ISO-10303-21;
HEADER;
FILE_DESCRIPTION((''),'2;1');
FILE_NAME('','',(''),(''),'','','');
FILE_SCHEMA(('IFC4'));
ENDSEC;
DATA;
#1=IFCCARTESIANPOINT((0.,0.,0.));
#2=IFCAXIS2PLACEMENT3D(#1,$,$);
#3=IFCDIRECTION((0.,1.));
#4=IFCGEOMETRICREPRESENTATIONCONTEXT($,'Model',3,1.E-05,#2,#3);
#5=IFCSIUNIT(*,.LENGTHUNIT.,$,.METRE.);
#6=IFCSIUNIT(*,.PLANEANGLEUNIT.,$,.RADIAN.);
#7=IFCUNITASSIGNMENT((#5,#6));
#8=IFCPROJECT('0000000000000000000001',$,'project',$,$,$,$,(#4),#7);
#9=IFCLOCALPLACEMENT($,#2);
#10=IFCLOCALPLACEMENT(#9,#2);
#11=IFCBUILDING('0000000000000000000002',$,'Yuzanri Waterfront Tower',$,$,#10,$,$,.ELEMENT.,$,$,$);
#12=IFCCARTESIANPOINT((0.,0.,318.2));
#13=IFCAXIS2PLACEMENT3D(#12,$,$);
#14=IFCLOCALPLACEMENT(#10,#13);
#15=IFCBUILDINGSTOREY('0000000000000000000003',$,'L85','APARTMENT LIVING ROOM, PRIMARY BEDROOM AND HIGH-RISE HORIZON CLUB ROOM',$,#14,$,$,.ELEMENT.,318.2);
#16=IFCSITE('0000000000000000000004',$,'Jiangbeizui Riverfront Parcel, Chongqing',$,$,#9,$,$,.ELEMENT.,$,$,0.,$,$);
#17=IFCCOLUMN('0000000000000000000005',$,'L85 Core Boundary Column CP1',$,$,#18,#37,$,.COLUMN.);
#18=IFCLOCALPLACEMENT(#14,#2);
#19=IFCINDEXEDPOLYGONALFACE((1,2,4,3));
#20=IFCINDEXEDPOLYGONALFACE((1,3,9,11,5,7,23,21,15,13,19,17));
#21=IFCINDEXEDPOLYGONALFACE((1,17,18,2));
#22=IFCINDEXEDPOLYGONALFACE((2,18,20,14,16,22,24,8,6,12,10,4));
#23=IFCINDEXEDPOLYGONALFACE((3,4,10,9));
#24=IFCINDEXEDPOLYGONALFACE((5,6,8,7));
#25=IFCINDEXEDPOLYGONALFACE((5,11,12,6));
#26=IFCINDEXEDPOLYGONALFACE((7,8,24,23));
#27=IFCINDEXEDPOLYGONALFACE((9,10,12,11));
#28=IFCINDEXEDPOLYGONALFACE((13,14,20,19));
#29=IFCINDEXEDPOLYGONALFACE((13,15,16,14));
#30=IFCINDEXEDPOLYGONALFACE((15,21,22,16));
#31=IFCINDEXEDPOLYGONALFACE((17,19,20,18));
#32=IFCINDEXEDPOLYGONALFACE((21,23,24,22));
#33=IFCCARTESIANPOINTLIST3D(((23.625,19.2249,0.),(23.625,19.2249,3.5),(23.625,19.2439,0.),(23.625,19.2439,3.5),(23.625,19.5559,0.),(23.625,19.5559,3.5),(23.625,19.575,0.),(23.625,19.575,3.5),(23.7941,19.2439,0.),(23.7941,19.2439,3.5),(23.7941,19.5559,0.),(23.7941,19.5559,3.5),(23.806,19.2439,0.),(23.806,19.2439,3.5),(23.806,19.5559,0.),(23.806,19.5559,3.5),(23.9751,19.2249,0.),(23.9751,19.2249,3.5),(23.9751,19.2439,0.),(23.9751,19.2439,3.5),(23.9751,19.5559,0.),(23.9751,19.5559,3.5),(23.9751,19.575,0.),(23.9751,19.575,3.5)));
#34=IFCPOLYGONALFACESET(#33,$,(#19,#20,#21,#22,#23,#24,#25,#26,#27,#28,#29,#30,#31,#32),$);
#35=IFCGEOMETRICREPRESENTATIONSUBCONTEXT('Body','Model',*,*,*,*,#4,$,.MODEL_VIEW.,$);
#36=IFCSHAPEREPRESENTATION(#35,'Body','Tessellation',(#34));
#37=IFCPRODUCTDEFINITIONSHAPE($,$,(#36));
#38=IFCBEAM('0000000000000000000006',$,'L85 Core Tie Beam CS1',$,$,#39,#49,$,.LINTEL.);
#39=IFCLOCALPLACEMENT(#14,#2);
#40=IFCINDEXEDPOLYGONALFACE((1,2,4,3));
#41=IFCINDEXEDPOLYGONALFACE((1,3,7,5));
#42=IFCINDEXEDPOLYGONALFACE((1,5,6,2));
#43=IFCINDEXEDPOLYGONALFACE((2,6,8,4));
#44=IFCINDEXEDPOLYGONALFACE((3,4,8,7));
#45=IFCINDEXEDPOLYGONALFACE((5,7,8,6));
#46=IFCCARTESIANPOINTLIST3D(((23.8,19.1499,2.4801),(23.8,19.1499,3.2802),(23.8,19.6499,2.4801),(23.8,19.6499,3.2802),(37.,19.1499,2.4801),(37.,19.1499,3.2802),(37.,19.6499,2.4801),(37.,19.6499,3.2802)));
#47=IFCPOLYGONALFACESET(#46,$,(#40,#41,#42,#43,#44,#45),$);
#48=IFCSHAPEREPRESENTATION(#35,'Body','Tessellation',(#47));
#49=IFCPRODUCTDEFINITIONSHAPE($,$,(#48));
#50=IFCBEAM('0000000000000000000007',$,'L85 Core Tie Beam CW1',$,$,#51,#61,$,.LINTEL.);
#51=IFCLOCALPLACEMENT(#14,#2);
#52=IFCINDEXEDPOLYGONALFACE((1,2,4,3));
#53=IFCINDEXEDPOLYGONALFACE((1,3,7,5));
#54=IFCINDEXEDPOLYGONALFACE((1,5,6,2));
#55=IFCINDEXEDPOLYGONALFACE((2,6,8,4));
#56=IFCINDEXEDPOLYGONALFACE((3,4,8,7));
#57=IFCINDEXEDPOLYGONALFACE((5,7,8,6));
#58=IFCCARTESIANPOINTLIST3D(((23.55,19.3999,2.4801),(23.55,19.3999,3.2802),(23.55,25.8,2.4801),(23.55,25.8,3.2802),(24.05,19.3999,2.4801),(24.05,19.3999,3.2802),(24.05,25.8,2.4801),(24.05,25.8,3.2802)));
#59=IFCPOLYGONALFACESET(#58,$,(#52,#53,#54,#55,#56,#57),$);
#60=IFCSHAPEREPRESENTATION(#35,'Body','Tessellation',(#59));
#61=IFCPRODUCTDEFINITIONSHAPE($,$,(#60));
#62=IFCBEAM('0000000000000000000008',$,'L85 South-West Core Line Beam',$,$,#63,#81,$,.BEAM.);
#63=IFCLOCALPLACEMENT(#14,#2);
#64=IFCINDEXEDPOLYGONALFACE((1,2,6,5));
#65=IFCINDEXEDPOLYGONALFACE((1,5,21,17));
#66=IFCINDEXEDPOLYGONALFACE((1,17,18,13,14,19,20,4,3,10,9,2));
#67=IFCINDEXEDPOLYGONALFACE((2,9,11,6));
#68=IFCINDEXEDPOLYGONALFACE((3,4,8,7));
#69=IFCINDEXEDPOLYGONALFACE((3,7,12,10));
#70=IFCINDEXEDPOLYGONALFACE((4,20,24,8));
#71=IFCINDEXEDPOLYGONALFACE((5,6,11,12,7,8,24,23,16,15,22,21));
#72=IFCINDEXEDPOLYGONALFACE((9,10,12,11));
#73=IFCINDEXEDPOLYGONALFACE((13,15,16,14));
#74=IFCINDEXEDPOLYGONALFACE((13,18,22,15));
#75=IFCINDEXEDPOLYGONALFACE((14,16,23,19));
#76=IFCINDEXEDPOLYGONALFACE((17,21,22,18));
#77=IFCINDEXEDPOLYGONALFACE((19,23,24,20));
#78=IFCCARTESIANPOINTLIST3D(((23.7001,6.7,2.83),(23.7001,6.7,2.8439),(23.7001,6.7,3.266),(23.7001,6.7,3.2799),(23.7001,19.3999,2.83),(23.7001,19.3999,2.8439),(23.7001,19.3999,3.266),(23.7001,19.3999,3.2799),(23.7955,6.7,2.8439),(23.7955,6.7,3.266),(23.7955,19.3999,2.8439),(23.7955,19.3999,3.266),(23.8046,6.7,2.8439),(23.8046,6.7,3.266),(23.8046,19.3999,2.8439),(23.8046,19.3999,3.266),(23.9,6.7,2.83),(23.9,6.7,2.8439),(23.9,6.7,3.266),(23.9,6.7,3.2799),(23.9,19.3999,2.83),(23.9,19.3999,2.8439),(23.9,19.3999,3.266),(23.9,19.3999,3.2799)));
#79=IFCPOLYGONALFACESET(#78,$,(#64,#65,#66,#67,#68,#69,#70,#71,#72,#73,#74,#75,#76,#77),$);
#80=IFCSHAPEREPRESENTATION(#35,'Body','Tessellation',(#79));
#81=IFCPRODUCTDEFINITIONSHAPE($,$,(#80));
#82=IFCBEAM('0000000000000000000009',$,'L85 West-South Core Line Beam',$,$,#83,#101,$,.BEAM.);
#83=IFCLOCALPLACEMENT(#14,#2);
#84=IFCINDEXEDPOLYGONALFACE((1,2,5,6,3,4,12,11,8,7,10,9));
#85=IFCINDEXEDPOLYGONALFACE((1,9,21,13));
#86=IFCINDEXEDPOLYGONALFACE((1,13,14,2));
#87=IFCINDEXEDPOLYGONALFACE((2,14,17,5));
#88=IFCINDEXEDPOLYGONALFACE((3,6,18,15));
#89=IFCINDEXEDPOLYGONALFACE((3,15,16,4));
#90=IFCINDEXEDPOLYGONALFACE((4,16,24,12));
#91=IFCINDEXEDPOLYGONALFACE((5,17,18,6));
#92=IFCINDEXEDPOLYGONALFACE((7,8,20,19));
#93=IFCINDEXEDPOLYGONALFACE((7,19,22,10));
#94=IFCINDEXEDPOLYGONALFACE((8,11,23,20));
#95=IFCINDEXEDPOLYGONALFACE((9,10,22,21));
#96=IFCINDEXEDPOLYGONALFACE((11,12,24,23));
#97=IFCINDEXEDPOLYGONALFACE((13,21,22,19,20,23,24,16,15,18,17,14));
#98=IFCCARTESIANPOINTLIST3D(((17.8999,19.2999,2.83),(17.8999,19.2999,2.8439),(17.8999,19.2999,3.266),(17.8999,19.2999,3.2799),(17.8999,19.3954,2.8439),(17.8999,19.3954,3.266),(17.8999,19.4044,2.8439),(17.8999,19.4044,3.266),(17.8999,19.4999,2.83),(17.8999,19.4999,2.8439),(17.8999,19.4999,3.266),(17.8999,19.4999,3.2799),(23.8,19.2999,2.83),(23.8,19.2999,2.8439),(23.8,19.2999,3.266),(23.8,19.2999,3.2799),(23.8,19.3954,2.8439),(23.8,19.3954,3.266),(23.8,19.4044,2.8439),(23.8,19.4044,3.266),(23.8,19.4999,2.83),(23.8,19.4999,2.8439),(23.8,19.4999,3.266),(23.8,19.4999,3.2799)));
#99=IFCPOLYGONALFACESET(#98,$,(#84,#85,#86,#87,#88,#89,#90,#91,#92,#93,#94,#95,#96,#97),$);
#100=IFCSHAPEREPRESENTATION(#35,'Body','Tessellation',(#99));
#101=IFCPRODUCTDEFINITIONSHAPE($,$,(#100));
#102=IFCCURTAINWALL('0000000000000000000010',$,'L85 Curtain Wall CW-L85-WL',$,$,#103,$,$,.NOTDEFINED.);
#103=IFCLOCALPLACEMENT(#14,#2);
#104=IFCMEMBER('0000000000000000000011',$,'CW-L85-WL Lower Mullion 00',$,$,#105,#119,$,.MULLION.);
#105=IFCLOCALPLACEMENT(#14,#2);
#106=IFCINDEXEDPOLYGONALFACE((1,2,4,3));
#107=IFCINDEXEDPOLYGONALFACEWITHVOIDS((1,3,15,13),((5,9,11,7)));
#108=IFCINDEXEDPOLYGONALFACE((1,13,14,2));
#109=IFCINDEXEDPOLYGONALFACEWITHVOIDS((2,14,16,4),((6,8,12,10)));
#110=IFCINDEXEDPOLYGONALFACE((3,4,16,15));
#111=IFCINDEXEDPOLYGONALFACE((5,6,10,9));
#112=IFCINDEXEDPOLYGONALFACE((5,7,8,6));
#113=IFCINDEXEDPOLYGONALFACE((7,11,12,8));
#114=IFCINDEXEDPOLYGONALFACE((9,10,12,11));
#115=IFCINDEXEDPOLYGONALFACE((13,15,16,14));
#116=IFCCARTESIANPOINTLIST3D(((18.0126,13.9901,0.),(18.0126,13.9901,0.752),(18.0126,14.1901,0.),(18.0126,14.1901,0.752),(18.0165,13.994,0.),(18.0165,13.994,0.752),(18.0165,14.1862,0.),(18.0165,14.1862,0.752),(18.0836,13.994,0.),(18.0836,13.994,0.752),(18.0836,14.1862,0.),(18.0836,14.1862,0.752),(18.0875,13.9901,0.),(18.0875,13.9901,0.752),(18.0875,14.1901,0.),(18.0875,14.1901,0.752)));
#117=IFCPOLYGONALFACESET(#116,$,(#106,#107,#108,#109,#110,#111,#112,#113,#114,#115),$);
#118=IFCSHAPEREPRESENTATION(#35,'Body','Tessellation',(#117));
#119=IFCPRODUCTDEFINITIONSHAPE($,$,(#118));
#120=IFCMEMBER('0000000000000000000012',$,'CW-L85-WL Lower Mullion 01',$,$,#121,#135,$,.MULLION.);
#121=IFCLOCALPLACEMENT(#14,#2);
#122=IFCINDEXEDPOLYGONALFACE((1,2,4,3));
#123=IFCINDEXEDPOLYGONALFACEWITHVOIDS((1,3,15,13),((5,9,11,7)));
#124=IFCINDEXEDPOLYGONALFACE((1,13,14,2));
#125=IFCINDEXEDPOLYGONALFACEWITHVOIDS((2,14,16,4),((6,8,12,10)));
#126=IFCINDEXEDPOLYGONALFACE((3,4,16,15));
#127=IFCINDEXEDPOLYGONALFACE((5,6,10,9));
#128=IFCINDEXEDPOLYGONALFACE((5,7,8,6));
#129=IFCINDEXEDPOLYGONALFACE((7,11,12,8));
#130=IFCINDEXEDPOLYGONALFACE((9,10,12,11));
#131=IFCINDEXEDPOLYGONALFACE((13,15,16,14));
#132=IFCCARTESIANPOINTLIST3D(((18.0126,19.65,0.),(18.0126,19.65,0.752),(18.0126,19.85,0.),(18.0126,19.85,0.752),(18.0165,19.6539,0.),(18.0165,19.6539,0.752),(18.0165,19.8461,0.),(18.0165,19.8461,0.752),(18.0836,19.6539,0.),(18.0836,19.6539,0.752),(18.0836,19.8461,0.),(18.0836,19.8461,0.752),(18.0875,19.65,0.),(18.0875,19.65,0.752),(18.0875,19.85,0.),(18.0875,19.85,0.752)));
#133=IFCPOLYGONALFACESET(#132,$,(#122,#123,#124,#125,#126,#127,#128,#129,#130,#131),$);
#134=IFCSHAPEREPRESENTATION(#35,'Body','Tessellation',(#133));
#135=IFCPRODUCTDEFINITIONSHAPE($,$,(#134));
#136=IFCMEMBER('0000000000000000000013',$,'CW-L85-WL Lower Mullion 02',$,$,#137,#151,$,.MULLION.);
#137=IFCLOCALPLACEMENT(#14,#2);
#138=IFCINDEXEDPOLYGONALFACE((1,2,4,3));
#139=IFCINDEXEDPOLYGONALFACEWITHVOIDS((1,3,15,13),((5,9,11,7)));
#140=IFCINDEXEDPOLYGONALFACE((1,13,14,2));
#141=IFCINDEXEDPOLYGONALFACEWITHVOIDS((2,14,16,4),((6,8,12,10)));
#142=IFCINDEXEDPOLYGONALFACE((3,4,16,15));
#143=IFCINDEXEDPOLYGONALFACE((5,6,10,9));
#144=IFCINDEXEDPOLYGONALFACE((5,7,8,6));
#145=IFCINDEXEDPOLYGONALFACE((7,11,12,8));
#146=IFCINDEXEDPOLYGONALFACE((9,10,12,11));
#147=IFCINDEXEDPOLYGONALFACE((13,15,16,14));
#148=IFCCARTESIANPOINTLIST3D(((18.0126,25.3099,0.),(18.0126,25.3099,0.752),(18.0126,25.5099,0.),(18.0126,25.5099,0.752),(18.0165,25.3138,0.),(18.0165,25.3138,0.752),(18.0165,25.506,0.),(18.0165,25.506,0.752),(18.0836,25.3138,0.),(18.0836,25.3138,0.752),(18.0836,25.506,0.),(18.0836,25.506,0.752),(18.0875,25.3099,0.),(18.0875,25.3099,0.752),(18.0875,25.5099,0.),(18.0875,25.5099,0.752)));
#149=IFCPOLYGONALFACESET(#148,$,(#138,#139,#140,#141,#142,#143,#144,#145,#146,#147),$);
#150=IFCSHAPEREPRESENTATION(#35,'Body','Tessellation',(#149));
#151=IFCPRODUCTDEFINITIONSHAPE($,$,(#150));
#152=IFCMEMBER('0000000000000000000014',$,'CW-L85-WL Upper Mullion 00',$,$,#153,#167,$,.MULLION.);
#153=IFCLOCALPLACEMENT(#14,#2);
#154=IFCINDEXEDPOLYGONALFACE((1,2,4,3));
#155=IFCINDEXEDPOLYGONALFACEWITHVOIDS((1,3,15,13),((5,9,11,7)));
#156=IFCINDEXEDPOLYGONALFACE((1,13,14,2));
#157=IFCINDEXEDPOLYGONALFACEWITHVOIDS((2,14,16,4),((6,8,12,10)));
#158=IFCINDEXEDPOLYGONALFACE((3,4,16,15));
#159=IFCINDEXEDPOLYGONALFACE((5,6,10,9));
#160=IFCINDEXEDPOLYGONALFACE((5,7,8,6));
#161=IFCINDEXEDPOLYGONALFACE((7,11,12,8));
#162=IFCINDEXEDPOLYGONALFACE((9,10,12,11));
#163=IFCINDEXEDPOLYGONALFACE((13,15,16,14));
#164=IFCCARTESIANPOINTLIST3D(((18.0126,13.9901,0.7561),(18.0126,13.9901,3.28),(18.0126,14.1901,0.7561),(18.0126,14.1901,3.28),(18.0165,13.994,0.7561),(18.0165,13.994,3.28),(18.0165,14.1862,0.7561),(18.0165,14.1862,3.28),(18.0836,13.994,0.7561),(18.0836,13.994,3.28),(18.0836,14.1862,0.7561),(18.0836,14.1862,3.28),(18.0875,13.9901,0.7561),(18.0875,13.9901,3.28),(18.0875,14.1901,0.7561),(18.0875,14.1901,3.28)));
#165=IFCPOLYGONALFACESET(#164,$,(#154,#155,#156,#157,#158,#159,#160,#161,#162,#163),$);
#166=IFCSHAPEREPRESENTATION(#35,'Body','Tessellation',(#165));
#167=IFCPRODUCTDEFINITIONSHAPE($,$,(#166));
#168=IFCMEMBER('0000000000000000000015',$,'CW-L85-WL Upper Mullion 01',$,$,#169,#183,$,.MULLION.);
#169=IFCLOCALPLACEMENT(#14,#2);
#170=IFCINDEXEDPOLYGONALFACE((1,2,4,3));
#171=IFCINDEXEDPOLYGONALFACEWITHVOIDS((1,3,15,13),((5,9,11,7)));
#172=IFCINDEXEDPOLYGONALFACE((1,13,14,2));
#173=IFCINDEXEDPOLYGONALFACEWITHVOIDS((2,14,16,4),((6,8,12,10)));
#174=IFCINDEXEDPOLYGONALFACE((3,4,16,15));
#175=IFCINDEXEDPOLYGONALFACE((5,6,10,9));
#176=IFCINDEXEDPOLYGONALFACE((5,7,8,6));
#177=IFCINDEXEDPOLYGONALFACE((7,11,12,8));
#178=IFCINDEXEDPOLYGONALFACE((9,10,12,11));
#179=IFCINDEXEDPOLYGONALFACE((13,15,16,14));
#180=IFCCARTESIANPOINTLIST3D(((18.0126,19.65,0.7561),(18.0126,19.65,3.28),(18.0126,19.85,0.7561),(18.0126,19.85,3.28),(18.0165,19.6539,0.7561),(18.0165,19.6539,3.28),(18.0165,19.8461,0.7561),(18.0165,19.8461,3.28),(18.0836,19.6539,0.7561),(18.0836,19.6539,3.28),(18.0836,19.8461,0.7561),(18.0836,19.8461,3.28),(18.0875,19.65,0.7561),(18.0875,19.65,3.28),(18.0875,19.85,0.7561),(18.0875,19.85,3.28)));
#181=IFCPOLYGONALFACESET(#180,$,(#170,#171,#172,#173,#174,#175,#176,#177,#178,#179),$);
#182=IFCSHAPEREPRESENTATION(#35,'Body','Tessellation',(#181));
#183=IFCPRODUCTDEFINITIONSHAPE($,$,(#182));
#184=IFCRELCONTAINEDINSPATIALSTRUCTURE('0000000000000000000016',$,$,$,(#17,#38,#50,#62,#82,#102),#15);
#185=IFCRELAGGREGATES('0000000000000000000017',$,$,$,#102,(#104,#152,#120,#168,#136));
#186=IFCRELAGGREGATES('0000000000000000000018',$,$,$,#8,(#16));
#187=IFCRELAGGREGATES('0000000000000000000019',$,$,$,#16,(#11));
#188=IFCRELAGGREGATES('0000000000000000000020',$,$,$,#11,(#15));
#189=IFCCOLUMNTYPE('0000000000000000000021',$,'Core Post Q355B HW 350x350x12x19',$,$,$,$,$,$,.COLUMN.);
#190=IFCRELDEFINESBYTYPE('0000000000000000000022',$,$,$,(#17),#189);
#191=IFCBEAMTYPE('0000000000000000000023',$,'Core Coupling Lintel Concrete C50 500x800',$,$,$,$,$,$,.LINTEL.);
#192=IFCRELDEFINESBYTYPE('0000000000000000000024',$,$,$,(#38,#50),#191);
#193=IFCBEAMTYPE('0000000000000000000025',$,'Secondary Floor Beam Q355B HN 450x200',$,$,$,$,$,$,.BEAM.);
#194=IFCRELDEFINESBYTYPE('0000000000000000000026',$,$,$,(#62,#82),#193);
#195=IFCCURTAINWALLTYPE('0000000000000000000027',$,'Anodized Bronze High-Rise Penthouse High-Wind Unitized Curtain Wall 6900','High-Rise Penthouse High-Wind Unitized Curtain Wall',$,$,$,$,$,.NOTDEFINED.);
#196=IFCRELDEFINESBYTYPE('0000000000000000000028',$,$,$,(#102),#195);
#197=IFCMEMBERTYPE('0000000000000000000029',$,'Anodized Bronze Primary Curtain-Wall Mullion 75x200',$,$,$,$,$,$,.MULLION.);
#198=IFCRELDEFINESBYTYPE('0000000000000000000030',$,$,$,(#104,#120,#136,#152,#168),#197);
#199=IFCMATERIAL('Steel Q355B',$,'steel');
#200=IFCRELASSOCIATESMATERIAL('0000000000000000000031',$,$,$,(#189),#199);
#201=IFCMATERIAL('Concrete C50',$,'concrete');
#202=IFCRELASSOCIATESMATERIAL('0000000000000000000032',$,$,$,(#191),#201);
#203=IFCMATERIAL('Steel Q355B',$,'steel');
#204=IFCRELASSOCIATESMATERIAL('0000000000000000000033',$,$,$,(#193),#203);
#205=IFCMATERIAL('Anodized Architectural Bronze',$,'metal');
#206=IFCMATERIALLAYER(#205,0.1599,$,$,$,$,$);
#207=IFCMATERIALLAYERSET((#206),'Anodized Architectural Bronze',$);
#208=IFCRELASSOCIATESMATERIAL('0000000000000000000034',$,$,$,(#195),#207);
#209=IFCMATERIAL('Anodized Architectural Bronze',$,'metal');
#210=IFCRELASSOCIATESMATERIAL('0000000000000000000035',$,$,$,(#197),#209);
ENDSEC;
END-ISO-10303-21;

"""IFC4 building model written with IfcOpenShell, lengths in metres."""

from ifc_helpers import new_model, si_unit, direction, frame, origin, origin_2d, place, context, subcontext, project, spatial, rectangle, hollow_rectangle, i_section, extrude, source, transform, mapped, material, layer, layer_set, material_profile, profile_set, type_object, element, aggregate, save


model = new_model("IFC4")

# Units and contexts
model_context = context("Model", 3, precision=1e-05, world=origin(), true_north=direction((0.0, 1.0)))
body_context = subcontext(model_context, "Body", "Model", "MODEL_VIEW")
ifc_project = project(units=[si_unit("LENGTHUNIT", "METRE"), si_unit("PLANEANGLEUNIT", "RADIAN")], contexts=[model_context])

# Site, building, storey
site_placement = place(None, origin())
site = spatial("IfcSite", under=ifc_project, at=site_placement, Name="Jiangbeizui Riverfront Parcel, Chongqing", CompositionType="ELEMENT", RefElevation=0.0)
building_placement = place(site_placement, origin())
building = spatial("IfcBuilding", under=site, at=building_placement, Name="Yuzanri Waterfront Tower", CompositionType="ELEMENT")
storey_placement = place(building_placement, frame((0.0, 0.0, 318.2)))
storey = spatial("IfcBuildingStorey", under=building, at=storey_placement, Name="L85", Description="APARTMENT LIVING ROOM, PRIMARY BEDROOM AND HIGH-RISE HORIZON CLUB ROOM", CompositionType="ELEMENT", Elevation=318.2)

# Column
ifc_material_1 = material(Name="Steel Q355B", Category="steel")
ifc_material_profile_1 = material_profile(ifc_material_1, i_section(OverallWidth=0.3501, OverallDepth=0.3501, WebThickness=0.012, FlangeThickness=0.019, at=origin_2d()), Name="HW 350x350x12x19")
ifc_profile_set_1 = profile_set([ifc_material_profile_1], Name="Steel Q355B")
column_type = type_object("IfcColumnType", Name="Core Post Q355B HW 350x350x12x19", PredefinedType="COLUMN", material=ifc_profile_set_1)
shared_shape_1 = source(origin(), body_context, "Body", "SweptSolid", [
    extrude(i_section(OverallWidth=0.3501, OverallDepth=0.3501, WebThickness=0.012, FlangeThickness=0.019, at=origin_2d()), origin(), (0.0, 0.0, 1.0), 3.5),
])
column_placement = place(storey_placement, frame((23.8, 19.3999, 0.0), z_axis=(0.0, 0.0, 1.0), x_axis=(1.0, 0.0, 0.0)))
element("IfcColumn", 1, at=column_placement, inside=storey, type_object=column_type, Name="L85 Core Boundary Column CP1", PredefinedType="COLUMN", context=body_context, shape_type="MappedRepresentation", body=[
    mapped(shared_shape_1, transform((0.0, 0.0, 0.0), scale=1.0)),
])

# Beams
ifc_material_2 = material(Name="Concrete C50", Category="concrete")
ifc_material_profile_2 = material_profile(ifc_material_2, rectangle(XDim=0.5, YDim=0.8, at=origin_2d()), Name="RC 500x800")
ifc_profile_set_2 = profile_set([ifc_material_profile_2], Name="Concrete C50")
beam_type_1 = type_object("IfcBeamType", Name="Core Coupling Lintel Concrete C50 500x800", PredefinedType="LINTEL", material=ifc_profile_set_2)
shared_shape_2 = source(origin(), body_context, "Body", "SweptSolid", [
    extrude(rectangle(XDim=0.5, YDim=0.8, at=origin_2d()), origin(), (0.0, 0.0, 1.0), 13.2),
])
beam_1_placement = place(storey_placement, frame((23.8, 19.3999, 2.8801), z_axis=(1.0, 0.0, 0.0), x_axis=(0.0, 1.0, 0.0)))
element("IfcBeam", 2, at=beam_1_placement, inside=storey, type_object=beam_type_1, Name="L85 Core Tie Beam CS1", PredefinedType="LINTEL", context=body_context, shape_type="MappedRepresentation", body=[
    mapped(shared_shape_2, transform((0.0, 0.0, 0.0), scale=1.0)),
])
shared_shape_3 = source(origin(), body_context, "Body", "SweptSolid", [
    extrude(rectangle(XDim=0.5, YDim=0.8, at=origin_2d()), origin(), (0.0, 0.0, 1.0), 6.4001),
])
beam_2_placement = place(storey_placement, frame((23.8, 19.3999, 2.8801), z_axis=(0.0, 1.0, 0.0), x_axis=(-1.0, 0.0, 0.0)))
element("IfcBeam", 3, at=beam_2_placement, inside=storey, type_object=beam_type_1, Name="L85 Core Tie Beam CW1", PredefinedType="LINTEL", context=body_context, shape_type="MappedRepresentation", body=[
    mapped(shared_shape_3, transform((0.0, 0.0, 0.0), scale=1.0)),
])
ifc_material_3 = material(Name="Steel Q355B", Category="steel")
ifc_material_profile_3 = material_profile(ifc_material_3, i_section(OverallWidth=0.2, OverallDepth=0.45, WebThickness=0.009, FlangeThickness=0.0139, at=origin_2d()), Name="HN 450x200x9x14")
ifc_profile_set_3 = profile_set([ifc_material_profile_3], Name="Steel Q355B")
beam_type_2 = type_object("IfcBeamType", Name="Secondary Floor Beam Q355B HN 450x200", PredefinedType="BEAM", material=ifc_profile_set_3)
shared_shape_4 = source(origin(), body_context, "Body", "SweptSolid", [
    extrude(i_section(OverallWidth=0.2, OverallDepth=0.45, WebThickness=0.009, FlangeThickness=0.0139, at=origin_2d()), origin(), (0.0, 0.0, 1.0), 12.7),
])
beam_3_placement = place(storey_placement, frame((23.8, 19.3999, 3.0549), z_axis=(0.0, -1.0, 0.0), x_axis=(1.0, 0.0, 0.0)))
element("IfcBeam", 4, at=beam_3_placement, inside=storey, type_object=beam_type_2, Name="L85 South-West Core Line Beam", PredefinedType="BEAM", context=body_context, shape_type="MappedRepresentation", body=[
    mapped(shared_shape_4, transform((0.0, 0.0, 0.0), scale=1.0)),
])
shared_shape_5 = source(origin(), body_context, "Body", "SweptSolid", [
    extrude(i_section(OverallWidth=0.2, OverallDepth=0.45, WebThickness=0.009, FlangeThickness=0.0139, at=origin_2d()), origin(), (0.0, 0.0, 1.0), 5.9001),
])
beam_4_placement = place(storey_placement, frame((23.8, 19.3999, 3.0549), z_axis=(-1.0, 0.0, 0.0), x_axis=(0.0, -1.0, 0.0)))
element("IfcBeam", 5, at=beam_4_placement, inside=storey, type_object=beam_type_2, Name="L85 West-South Core Line Beam", PredefinedType="BEAM", context=body_context, shape_type="MappedRepresentation", body=[
    mapped(shared_shape_5, transform((0.0, 0.0, 0.0), scale=1.0)),
])

# Curtain wall, members
ifc_material_4 = material(Name="Anodized Architectural Bronze", Category="metal")
ifc_layer_1 = layer(ifc_material_4, 0.1599)
ifc_layer_set_1 = layer_set([ifc_layer_1], Name="Anodized Architectural Bronze")
curtain_wall_type = type_object("IfcCurtainWallType", Name="Anodized Bronze High-Rise Penthouse High-Wind Unitized Curtain Wall 6900", Description="High-Rise Penthouse High-Wind Unitized Curtain Wall", PredefinedType="NOTDEFINED", material=ifc_layer_set_1)
curtain_wall_placement = place(storey_placement, origin())
curtain_wall = element("IfcCurtainWall", 6, at=curtain_wall_placement, inside=storey, type_object=curtain_wall_type, Name="L85 Curtain Wall CW-L85-WL", PredefinedType="NOTDEFINED")
ifc_material_5 = material(Name="Anodized Architectural Bronze", Category="metal")
ifc_material_profile_4 = material_profile(ifc_material_5, hollow_rectangle(XDim=0.075, YDim=0.2, WallThickness=0.0039, at=origin_2d()), Name="CWM 75x200")
ifc_profile_set_4 = profile_set([ifc_material_profile_4], Name="Anodized Architectural Bronze")
member_type = type_object("IfcMemberType", Name="Anodized Bronze Primary Curtain-Wall Mullion 75x200", PredefinedType="MULLION", material=ifc_profile_set_4)
shared_shape_6 = source(origin(), body_context, "Body", "SweptSolid", [
    extrude(hollow_rectangle(XDim=0.075, YDim=0.2, WallThickness=0.0039, at=origin_2d()), origin(), (0.0, 0.0, 1.0), 0.752),
])
member_1_placement = place(storey_placement, frame((18.05, 14.0901, 0.0), z_axis=(0.0, 0.0, 1.0), x_axis=(1.0, 0.0, 0.0)))
member_1 = element("IfcMember", 7, at=member_1_placement, type_object=member_type, Name="CW-L85-WL Lower Mullion 00", PredefinedType="MULLION", context=body_context, shape_type="MappedRepresentation", body=[
    mapped(shared_shape_6, transform((0.0, 0.0, 0.0), scale=1.0)),
])
member_2_placement = place(storey_placement, frame((18.05, 19.75, 0.0), z_axis=(0.0, 0.0, 1.0), x_axis=(1.0, 0.0, 0.0)))
member_2 = element("IfcMember", 8, at=member_2_placement, type_object=member_type, Name="CW-L85-WL Lower Mullion 01", PredefinedType="MULLION", context=body_context, shape_type="MappedRepresentation", body=[
    mapped(shared_shape_6, transform((0.0, 0.0, 0.0), scale=1.0)),
])
member_3_placement = place(storey_placement, frame((18.05, 25.4099, 0.0), z_axis=(0.0, 0.0, 1.0), x_axis=(1.0, 0.0, 0.0)))
member_3 = element("IfcMember", 9, at=member_3_placement, type_object=member_type, Name="CW-L85-WL Lower Mullion 02", PredefinedType="MULLION", context=body_context, shape_type="MappedRepresentation", body=[
    mapped(shared_shape_6, transform((0.0, 0.0, 0.0), scale=1.0)),
])
shared_shape_7 = source(origin(), body_context, "Body", "SweptSolid", [
    extrude(hollow_rectangle(XDim=0.075, YDim=0.2, WallThickness=0.0039, at=origin_2d()), origin(), (0.0, 0.0, 1.0), 2.5239),
])
member_4_placement = place(storey_placement, frame((18.05, 14.0901, 0.7561), z_axis=(0.0, 0.0, 1.0), x_axis=(1.0, 0.0, 0.0)))
member_4 = element("IfcMember", 10, at=member_4_placement, type_object=member_type, Name="CW-L85-WL Upper Mullion 00", PredefinedType="MULLION", context=body_context, shape_type="MappedRepresentation", body=[
    mapped(shared_shape_7, transform((0.0, 0.0, 0.0), scale=1.0)),
])
member_5_placement = place(storey_placement, frame((18.05, 19.75, 0.7561), z_axis=(0.0, 0.0, 1.0), x_axis=(1.0, 0.0, 0.0)))
member_5 = element("IfcMember", 11, at=member_5_placement, type_object=member_type, Name="CW-L85-WL Upper Mullion 01", PredefinedType="MULLION", context=body_context, shape_type="MappedRepresentation", body=[
    mapped(shared_shape_7, transform((0.0, 0.0, 0.0), scale=1.0)),
])
aggregate(curtain_wall, [member_1, member_4, member_2, member_5, member_3])

save(model, "model.ifc")
